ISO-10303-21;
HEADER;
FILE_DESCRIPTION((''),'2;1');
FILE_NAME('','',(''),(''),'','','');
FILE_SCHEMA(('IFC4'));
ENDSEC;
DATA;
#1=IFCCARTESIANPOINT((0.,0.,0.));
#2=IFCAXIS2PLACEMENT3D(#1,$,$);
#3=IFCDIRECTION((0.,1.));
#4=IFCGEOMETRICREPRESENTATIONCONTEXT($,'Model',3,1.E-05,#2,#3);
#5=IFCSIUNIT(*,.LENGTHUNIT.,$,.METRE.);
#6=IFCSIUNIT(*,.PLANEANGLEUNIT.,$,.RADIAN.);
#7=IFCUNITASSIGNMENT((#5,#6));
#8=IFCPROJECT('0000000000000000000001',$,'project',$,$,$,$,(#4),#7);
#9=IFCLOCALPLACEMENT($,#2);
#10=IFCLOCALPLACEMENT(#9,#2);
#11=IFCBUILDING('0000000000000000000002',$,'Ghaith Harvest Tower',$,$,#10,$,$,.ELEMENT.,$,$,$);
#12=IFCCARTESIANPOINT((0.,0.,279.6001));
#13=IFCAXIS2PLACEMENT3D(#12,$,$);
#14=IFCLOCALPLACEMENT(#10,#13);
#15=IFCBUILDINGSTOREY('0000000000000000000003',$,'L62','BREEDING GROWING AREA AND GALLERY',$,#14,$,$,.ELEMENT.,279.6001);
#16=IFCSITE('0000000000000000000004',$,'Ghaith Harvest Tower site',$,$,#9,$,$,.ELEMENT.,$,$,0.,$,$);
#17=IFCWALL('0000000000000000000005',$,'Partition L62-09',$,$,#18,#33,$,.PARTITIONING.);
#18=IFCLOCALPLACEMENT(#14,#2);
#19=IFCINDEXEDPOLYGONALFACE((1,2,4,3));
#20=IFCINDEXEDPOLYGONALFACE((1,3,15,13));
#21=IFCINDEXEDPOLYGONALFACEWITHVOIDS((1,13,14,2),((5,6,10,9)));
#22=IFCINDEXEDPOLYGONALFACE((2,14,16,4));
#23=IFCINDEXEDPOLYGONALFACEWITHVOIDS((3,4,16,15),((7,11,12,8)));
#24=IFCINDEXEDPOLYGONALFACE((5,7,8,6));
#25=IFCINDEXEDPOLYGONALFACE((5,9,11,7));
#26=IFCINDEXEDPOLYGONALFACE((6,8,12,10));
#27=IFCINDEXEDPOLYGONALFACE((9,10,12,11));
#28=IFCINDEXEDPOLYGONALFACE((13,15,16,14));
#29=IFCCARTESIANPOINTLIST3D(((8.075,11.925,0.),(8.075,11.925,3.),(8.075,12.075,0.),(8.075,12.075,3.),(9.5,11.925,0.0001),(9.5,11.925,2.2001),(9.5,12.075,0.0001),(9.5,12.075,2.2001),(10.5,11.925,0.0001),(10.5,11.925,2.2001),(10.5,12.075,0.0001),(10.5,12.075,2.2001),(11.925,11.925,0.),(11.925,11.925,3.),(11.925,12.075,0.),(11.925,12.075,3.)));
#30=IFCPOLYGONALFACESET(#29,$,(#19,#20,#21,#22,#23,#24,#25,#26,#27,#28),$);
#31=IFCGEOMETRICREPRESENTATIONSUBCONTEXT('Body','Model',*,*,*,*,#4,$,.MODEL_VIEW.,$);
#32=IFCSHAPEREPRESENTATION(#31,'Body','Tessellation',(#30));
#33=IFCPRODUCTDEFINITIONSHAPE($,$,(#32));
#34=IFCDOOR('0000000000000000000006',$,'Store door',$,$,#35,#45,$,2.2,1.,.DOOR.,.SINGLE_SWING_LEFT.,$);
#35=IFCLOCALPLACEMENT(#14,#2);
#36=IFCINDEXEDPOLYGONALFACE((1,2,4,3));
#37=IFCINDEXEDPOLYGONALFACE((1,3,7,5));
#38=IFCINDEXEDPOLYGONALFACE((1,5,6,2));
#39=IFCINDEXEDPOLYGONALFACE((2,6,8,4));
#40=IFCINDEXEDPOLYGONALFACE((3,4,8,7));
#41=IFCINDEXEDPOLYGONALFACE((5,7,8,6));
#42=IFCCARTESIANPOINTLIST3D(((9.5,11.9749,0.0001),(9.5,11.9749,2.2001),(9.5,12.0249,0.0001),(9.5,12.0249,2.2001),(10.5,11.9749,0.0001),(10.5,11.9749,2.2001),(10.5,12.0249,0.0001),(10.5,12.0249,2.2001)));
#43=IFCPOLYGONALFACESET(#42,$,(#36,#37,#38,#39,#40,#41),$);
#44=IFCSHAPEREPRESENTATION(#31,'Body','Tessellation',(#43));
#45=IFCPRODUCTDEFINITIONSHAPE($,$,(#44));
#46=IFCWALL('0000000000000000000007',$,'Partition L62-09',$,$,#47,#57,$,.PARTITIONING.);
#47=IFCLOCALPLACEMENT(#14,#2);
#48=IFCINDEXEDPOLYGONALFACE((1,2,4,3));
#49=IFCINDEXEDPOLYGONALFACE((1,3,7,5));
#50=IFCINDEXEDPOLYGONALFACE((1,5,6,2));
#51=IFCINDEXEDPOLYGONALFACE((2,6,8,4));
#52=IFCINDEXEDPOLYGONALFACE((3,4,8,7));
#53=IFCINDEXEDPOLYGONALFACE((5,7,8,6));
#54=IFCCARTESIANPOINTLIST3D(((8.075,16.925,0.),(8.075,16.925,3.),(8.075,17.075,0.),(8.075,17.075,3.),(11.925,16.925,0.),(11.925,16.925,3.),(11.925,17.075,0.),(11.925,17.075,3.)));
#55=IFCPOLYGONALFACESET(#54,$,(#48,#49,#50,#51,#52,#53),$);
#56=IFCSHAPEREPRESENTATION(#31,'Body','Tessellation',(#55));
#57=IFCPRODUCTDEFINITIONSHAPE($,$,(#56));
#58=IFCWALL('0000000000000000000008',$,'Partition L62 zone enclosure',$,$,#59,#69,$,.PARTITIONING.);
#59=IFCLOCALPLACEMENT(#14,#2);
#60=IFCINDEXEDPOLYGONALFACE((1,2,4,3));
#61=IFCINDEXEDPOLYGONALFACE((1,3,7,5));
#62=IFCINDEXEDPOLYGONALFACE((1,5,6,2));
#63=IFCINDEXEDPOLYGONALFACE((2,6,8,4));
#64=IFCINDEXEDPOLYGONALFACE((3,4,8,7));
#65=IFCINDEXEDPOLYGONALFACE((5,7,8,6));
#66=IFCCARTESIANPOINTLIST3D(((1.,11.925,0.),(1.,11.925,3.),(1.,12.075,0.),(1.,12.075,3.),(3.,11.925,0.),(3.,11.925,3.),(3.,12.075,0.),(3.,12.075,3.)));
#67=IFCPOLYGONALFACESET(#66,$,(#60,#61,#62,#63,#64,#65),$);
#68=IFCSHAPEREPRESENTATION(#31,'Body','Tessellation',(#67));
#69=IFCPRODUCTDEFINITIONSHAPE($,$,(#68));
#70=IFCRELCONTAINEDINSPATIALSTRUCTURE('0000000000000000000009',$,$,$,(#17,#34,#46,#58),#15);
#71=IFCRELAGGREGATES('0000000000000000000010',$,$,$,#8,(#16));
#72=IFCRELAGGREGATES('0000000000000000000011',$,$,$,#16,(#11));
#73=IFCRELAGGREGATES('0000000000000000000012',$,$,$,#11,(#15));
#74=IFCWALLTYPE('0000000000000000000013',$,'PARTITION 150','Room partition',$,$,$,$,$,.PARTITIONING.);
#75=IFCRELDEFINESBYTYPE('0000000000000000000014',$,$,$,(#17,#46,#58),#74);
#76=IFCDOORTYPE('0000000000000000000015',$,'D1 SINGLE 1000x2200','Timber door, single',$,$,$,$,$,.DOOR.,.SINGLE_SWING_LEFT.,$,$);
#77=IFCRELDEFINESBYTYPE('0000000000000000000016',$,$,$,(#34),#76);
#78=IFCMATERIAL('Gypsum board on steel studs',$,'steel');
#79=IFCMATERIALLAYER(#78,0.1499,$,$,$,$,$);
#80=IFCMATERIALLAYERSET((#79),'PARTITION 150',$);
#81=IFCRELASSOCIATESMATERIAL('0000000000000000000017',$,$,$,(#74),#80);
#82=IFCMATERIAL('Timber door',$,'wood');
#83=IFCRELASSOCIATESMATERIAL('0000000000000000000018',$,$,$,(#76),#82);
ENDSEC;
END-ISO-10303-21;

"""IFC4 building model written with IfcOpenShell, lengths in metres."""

from ifc_helpers import new_model, si_unit, direction, frame, frame_2d, origin, place, context, subcontext, project, spatial, rectangle, extrude, material, layer, layer_set, type_object, element, fill, save


model = new_model("IFC4")

# Units and contexts
model_context = context("Model", 3, precision=1e-05, world=origin(), true_north=direction((0.0, 1.0)))
body_context = subcontext(model_context, "Body", "Model", "MODEL_VIEW")
ifc_project = project(units=[si_unit("LENGTHUNIT", "METRE"), si_unit("PLANEANGLEUNIT", "RADIAN")], contexts=[model_context])

# Site, building, storey
site_placement = place(None, origin())
site = spatial("IfcSite", under=ifc_project, at=site_placement, Name="Ghaith Harvest Tower site", CompositionType="ELEMENT", RefElevation=0.0)
building_placement = place(site_placement, origin())
building = spatial("IfcBuilding", under=site, at=building_placement, Name="Ghaith Harvest Tower", CompositionType="ELEMENT")
storey_placement = place(building_placement, frame((0.0, 0.0, 279.6001)))
storey = spatial("IfcBuildingStorey", under=building, at=storey_placement, Name="L62", Description="BREEDING GROWING AREA AND GALLERY", CompositionType="ELEMENT", Elevation=279.6001)

# Shared definitions
ifc_material_1 = material(Name="Gypsum board on steel studs", Category="steel")
ifc_layer_1 = layer(ifc_material_1, 0.1499)
ifc_layer_set_1 = layer_set([ifc_layer_1], Name="PARTITION 150")
wall_type = type_object("IfcWallType", Name="PARTITION 150", Description="Room partition", PredefinedType="PARTITIONING", material=ifc_layer_set_1)

# Shared definitions
ifc_material_2 = material(Name="Timber door", Category="wood")
door_type = type_object("IfcDoorType", Name="D1 SINGLE 1000x2200", Description="Timber door, single", OperationType="SINGLE_SWING_LEFT", PredefinedType="DOOR", material=ifc_material_2)

# Wall, opening, door
wall_1_placement = place(storey_placement, frame((8.075, 12.0, 0.0), z_axis=(0.0, 0.0, 1.0), x_axis=(1.0, 0.0, 0.0)))
wall_1 = element("IfcWall", 1, at=wall_1_placement, inside=storey, type_object=wall_type, Name="Partition L62-09", PredefinedType="PARTITIONING", context=body_context, shape_type="SweptSolid", body=[
    extrude(rectangle(XDim=3.8501, YDim=0.1499, at=frame_2d((1.925, 0.0))), origin(), (0.0, 0.0, 1.0), 3.0),
])
opening_1_placement = place(wall_1_placement, frame((1.425, 0.0, 0.0)))
opening_1 = element("IfcOpeningElement", 2, at=opening_1_placement, cuts=wall_1, PredefinedType="OPENING", context=body_context, shape_type="SweptSolid", body=[
    extrude(rectangle(XDim=1.0, YDim=2.2, at=frame_2d((0.5, 1.1001))), frame((0.0, 0.085, 0.0), z_axis=(0.0, -1.0, 0.0), x_axis=(1.0, 0.0, 0.0)), (0.0, 0.0, 1.0), 0.1699),
])
door_1_placement = place(opening_1_placement, origin())
door_1 = element("IfcDoor", 3, at=door_1_placement, inside=storey, type_object=door_type, Name="Store door", OperationType="SINGLE_SWING_LEFT", OverallHeight=2.2, OverallWidth=1.0, PredefinedType="DOOR", context=body_context, shape_type="SweptSolid", body=[
    extrude(rectangle(XDim=1.0, YDim=2.2, at=frame_2d((0.5, 1.1001))), frame((0.0, 0.0249, 0.0), z_axis=(0.0, -1.0, 0.0), x_axis=(1.0, 0.0, 0.0)), (0.0, 0.0, 1.0), 0.05),
])
fill(opening_1, door_1)

# Walls
wall_2_placement = place(storey_placement, frame((8.075, 17.0, 0.0), z_axis=(0.0, 0.0, 1.0), x_axis=(1.0, 0.0, 0.0)))
element("IfcWall", 4, at=wall_2_placement, inside=storey, type_object=wall_type, Name="Partition L62-09", PredefinedType="PARTITIONING", context=body_context, shape_type="SweptSolid", body=[
    extrude(rectangle(XDim=3.8501, YDim=0.1499, at=frame_2d((1.925, 0.0))), origin(), (0.0, 0.0, 1.0), 3.0),
])
wall_3_placement = place(storey_placement, frame((3.0, 12.0, 0.0), z_axis=(0.0, 0.0, 1.0), x_axis=(-1.0, 0.0, 0.0)))
element("IfcWall", 5, at=wall_3_placement, inside=storey, type_object=wall_type, Name="Partition L62 zone enclosure", PredefinedType="PARTITIONING", context=body_context, shape_type="SweptSolid", body=[
    extrude(rectangle(XDim=2.0, YDim=0.1499, at=frame_2d((1.0, 0.0))), origin(), (0.0, 0.0, 1.0), 3.0),
])

save(model, "model.ifc")
